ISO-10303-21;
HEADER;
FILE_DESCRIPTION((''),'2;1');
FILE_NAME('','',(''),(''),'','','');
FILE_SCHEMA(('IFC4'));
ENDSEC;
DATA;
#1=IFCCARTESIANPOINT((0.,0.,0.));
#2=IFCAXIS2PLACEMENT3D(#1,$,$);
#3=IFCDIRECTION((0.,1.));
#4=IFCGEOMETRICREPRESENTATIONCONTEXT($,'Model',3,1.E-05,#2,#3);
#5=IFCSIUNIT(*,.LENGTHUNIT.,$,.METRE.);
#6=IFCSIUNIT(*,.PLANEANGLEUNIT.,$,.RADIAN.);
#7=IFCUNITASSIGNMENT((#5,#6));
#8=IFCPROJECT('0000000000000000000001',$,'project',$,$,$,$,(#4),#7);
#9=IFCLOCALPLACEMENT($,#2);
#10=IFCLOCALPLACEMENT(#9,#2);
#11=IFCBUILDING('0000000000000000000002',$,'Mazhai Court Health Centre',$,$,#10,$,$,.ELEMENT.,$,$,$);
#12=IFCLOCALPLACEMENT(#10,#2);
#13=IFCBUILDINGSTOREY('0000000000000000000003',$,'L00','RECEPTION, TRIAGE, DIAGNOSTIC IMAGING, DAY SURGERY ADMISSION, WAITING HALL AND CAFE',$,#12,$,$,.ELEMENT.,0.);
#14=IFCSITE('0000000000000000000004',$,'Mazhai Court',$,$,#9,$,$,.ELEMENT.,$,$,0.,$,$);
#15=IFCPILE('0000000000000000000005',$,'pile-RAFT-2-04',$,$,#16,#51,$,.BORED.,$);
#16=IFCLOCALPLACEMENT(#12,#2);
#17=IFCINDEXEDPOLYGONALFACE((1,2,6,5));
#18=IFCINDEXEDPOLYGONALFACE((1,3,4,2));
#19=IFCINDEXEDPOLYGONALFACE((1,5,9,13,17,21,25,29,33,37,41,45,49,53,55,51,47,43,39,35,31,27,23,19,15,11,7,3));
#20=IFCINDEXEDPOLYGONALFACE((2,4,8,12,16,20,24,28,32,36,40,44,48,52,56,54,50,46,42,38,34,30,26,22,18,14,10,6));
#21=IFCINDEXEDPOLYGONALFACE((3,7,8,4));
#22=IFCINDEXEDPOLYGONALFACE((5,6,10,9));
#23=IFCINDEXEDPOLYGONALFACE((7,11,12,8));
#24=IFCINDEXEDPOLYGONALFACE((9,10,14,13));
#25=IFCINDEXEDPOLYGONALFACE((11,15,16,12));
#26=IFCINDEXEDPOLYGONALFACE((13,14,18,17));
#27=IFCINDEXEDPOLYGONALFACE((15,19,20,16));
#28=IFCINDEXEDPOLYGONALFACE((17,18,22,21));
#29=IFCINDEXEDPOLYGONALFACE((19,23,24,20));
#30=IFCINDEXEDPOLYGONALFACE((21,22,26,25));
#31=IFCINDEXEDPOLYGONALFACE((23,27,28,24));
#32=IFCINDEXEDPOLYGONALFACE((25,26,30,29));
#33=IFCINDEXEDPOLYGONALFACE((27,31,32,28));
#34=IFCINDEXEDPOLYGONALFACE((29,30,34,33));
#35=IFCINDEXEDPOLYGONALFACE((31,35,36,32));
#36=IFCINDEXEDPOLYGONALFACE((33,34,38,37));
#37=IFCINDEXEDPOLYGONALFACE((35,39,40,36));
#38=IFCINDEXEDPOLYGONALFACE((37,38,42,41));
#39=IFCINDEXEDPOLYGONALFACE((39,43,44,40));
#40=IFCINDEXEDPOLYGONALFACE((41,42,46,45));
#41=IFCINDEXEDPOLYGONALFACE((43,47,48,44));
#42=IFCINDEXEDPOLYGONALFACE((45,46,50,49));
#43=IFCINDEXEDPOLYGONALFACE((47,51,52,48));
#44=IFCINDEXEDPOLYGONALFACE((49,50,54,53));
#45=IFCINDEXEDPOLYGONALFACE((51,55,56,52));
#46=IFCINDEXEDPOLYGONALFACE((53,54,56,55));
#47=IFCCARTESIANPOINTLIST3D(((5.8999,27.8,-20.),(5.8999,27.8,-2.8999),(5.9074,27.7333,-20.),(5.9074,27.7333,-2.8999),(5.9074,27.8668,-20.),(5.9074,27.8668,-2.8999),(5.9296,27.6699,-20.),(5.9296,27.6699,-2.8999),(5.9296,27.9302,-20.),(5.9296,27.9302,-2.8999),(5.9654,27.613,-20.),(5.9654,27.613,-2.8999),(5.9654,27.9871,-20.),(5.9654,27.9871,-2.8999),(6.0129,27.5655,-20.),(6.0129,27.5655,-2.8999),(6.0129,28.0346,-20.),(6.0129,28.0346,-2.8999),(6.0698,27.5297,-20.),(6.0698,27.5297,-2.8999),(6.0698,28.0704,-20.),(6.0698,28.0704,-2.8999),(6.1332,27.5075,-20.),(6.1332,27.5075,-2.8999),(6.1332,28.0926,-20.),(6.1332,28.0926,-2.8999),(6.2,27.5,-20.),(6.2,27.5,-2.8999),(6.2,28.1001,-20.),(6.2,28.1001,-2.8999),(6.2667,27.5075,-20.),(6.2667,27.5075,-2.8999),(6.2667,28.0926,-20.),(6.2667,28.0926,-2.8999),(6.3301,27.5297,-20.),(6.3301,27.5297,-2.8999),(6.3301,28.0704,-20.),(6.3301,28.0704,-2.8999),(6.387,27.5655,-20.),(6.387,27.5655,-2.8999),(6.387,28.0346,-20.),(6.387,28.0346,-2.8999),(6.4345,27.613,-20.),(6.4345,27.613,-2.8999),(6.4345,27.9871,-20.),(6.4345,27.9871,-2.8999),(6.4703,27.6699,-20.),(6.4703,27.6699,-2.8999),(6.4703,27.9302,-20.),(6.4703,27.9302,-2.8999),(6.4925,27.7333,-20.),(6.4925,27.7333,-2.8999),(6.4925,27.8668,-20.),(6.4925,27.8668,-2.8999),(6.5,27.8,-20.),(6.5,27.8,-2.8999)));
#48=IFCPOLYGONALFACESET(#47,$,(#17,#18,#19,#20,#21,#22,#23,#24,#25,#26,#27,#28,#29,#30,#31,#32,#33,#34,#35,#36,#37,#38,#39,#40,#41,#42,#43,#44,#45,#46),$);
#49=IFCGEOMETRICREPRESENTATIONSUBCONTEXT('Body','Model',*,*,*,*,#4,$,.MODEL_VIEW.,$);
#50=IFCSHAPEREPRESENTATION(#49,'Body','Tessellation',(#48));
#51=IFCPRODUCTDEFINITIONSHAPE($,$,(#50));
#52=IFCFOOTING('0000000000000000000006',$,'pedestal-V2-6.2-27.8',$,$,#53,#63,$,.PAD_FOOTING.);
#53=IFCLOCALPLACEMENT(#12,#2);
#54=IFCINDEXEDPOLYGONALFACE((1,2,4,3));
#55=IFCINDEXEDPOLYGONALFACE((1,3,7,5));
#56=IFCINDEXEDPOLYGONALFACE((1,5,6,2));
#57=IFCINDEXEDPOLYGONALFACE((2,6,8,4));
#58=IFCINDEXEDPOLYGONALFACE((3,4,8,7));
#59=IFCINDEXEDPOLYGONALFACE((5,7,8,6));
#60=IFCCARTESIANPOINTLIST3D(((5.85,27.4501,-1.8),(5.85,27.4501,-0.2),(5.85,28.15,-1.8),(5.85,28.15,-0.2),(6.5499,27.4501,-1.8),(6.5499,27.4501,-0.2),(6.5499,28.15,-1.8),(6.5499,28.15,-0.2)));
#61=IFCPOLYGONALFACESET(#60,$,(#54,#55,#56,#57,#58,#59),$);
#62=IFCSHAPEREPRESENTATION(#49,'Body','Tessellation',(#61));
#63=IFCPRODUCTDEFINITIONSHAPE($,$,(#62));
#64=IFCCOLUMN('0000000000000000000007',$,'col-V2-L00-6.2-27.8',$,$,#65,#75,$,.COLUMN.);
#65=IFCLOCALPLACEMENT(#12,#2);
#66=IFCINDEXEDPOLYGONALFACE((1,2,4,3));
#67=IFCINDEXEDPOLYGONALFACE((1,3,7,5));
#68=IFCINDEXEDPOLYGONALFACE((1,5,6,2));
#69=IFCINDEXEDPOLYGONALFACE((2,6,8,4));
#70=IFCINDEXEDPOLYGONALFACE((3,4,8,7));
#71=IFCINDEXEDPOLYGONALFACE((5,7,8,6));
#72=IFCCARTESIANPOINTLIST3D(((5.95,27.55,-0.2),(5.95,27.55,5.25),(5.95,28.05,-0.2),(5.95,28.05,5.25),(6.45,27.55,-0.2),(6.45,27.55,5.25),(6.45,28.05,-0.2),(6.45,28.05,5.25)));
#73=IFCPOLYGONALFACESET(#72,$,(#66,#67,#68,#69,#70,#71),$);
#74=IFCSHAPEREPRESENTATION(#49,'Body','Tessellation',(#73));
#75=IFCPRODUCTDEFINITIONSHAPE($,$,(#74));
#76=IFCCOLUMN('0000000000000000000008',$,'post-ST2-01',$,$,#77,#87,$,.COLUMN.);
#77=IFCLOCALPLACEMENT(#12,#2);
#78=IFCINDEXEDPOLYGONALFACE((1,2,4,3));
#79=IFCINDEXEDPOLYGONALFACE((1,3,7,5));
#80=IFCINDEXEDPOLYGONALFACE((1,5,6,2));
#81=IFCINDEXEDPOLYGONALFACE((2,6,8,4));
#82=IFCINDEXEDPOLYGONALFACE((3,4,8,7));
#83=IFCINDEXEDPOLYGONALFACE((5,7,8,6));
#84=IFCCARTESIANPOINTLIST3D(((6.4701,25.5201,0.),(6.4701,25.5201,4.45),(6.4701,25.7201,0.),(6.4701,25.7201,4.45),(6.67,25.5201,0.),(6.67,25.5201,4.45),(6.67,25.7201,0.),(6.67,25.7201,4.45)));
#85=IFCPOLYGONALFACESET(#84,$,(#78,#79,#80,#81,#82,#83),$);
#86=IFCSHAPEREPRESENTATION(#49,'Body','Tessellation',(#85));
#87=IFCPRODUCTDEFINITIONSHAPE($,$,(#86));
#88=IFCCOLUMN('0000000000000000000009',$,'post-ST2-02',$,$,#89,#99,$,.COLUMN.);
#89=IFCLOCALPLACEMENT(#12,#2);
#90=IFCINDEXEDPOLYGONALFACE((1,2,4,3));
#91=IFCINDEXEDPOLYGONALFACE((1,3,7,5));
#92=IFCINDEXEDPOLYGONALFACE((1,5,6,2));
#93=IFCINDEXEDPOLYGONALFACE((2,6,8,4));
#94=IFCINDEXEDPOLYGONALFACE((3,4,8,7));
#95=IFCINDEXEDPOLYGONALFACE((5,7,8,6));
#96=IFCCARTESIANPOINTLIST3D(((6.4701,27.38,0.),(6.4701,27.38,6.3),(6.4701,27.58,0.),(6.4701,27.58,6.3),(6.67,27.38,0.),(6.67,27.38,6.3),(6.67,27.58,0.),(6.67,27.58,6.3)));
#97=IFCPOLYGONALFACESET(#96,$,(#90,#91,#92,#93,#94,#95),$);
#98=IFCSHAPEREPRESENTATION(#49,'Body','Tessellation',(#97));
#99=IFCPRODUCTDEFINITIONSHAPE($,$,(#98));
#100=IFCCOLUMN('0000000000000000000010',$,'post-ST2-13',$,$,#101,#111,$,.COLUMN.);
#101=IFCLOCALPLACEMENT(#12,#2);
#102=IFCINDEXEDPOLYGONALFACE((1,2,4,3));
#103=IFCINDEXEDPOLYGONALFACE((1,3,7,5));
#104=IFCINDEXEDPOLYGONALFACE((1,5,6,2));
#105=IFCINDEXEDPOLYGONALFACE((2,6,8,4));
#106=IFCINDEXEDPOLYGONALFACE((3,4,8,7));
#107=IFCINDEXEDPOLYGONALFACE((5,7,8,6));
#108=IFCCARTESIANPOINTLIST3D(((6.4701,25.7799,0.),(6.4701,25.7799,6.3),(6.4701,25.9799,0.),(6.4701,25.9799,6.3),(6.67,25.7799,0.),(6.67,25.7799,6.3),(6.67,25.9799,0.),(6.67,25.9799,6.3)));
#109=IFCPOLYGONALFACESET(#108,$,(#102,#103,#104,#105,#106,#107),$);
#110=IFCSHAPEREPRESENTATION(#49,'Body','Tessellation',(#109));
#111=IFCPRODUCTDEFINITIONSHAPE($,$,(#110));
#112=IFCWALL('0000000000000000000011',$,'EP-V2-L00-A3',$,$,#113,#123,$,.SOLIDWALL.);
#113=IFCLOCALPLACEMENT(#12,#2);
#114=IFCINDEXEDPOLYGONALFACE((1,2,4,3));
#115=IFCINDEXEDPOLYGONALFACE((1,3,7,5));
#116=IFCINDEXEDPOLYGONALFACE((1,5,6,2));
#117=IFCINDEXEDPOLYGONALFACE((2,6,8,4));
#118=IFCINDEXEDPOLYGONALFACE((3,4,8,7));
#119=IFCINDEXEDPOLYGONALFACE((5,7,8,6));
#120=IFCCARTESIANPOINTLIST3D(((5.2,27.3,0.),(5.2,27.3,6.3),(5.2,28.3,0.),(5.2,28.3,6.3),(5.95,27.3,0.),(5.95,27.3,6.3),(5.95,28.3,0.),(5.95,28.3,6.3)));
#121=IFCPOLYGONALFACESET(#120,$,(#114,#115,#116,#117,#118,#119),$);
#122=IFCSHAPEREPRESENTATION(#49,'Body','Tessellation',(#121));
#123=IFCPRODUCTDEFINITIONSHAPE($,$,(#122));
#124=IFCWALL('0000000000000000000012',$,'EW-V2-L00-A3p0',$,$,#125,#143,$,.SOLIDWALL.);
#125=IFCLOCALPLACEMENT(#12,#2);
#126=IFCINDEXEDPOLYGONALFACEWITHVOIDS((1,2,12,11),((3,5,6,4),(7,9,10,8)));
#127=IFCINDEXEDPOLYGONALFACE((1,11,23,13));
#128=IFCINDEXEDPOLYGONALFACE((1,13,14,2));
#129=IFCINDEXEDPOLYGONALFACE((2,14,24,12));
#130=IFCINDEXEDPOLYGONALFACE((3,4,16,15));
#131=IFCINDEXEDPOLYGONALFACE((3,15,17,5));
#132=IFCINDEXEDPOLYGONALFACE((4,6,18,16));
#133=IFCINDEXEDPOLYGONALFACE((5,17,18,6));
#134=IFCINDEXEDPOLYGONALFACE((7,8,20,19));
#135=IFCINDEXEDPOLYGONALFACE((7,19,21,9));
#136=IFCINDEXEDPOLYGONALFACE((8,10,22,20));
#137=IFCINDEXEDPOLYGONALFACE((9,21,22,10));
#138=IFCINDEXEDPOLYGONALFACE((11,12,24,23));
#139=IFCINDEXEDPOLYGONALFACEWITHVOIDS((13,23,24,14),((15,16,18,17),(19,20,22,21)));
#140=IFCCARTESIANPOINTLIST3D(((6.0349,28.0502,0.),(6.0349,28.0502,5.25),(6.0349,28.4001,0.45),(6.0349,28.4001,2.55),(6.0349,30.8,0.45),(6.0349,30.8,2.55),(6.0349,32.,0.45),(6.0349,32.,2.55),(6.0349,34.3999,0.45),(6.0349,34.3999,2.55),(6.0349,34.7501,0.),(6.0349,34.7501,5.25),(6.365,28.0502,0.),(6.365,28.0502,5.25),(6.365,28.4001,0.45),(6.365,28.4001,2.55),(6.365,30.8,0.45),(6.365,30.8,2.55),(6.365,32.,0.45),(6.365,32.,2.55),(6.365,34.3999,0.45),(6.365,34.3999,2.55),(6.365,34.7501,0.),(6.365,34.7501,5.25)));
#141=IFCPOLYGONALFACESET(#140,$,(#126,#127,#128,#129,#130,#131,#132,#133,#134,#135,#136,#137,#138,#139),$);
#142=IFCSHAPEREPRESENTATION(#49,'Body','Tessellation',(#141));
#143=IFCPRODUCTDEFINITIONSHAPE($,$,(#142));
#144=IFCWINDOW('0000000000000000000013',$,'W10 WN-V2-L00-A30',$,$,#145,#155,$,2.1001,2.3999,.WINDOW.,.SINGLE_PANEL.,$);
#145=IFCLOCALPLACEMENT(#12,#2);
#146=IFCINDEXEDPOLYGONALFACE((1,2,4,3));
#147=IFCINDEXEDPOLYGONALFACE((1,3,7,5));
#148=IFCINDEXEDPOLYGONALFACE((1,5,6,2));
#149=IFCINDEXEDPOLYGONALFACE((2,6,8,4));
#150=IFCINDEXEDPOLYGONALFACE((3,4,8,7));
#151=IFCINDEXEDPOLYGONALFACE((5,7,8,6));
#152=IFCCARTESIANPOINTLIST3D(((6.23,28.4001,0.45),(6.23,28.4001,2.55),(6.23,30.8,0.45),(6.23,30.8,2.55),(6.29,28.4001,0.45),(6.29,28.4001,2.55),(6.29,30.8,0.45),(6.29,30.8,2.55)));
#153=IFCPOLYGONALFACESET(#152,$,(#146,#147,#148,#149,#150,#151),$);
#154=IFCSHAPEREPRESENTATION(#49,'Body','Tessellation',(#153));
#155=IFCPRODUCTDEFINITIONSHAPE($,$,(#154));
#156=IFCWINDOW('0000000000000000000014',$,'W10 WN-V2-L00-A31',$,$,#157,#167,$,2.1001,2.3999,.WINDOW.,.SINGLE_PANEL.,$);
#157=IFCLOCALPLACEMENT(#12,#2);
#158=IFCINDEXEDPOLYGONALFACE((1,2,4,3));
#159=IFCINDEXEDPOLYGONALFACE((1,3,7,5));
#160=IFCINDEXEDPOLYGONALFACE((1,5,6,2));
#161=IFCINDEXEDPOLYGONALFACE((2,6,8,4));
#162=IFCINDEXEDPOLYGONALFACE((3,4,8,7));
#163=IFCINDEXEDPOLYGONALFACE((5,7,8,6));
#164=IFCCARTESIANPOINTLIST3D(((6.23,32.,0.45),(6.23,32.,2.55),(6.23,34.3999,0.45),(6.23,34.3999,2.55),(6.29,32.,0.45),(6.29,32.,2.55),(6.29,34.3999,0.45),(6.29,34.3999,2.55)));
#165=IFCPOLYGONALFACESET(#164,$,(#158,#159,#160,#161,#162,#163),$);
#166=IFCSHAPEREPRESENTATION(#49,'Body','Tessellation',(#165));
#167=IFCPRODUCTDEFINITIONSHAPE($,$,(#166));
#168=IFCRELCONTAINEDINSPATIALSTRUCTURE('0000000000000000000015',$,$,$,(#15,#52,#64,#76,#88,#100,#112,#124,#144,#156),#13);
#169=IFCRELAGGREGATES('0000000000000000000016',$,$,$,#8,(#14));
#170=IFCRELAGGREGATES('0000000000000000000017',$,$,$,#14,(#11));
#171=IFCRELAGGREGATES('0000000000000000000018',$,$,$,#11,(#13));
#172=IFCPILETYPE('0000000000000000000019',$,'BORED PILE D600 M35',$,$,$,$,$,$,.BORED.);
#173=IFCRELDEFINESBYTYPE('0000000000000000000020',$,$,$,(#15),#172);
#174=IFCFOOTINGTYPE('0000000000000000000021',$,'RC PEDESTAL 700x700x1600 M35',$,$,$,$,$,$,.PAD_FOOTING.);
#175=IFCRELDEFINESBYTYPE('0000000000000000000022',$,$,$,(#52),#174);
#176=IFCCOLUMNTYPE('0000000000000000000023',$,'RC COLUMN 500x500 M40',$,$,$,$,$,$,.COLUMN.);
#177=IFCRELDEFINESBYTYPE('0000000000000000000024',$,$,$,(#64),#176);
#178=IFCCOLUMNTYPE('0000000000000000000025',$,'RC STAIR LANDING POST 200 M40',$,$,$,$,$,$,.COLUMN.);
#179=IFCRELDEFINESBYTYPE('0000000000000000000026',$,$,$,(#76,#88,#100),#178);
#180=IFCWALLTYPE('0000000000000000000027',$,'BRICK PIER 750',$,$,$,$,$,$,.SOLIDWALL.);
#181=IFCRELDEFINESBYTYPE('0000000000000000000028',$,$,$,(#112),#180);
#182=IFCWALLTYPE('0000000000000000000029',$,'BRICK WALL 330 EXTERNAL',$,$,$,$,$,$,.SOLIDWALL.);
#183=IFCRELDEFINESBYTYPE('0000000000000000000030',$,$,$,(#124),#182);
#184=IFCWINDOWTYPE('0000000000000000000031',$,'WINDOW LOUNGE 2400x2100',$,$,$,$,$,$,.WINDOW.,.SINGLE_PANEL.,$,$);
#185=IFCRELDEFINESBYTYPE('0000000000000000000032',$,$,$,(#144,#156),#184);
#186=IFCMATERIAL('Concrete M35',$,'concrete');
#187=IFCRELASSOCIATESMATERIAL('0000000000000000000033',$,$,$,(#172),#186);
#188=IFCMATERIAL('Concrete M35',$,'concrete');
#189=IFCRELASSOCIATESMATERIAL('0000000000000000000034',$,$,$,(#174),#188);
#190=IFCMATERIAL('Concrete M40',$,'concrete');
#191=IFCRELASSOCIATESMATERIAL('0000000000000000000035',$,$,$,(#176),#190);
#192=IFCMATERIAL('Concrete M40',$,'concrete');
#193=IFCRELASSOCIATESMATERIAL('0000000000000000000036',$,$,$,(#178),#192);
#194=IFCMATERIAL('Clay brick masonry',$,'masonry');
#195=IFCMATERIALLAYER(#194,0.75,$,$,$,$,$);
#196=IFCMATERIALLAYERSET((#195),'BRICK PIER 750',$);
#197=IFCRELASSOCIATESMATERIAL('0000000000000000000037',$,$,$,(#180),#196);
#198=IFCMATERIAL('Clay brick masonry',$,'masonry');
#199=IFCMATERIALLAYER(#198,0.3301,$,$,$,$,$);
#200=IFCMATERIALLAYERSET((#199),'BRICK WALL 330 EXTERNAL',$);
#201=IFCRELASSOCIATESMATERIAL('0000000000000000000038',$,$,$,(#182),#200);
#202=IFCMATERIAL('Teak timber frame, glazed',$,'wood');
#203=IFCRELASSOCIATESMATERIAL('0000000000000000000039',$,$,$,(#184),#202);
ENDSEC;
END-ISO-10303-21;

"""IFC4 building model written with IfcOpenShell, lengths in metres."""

from ifc_helpers import new_model, si_unit, direction, frame, frame_2d, origin, origin_2d, place, context, subcontext, project, spatial, rectangle, circle, extrude, material, layer, layer_set, material_profile, profile_set, type_object, element, fill, save


model = new_model("IFC4")

# Units and contexts
model_context = context("Model", 3, precision=1e-05, world=origin(), true_north=direction((0.0, 1.0)))
body_context = subcontext(model_context, "Body", "Model", "MODEL_VIEW")
ifc_project = project(units=[si_unit("LENGTHUNIT", "METRE"), si_unit("PLANEANGLEUNIT", "RADIAN")], contexts=[model_context])

# Site, building, storey
site_placement = place(None, origin())
site = spatial("IfcSite", under=ifc_project, at=site_placement, Name="Mazhai Court", CompositionType="ELEMENT", RefElevation=0.0)
building_placement = place(site_placement, origin())
building = spatial("IfcBuilding", under=site, at=building_placement, Name="Mazhai Court Health Centre", CompositionType="ELEMENT")
storey_placement = place(building_placement, origin())
storey = spatial("IfcBuildingStorey", under=building, at=storey_placement, Name="L00", Description="RECEPTION, TRIAGE, DIAGNOSTIC IMAGING, DAY SURGERY ADMISSION, WAITING HALL AND CAFE", CompositionType="ELEMENT", Elevation=0.0)

# Pile
ifc_material_1 = material(Name="Concrete M35", Category="concrete")
ifc_material_profile_1 = material_profile(ifc_material_1, circle(Radius=0.3, at=origin_2d()), Name="RC PILE D600")
ifc_profile_set_1 = profile_set([ifc_material_profile_1], Name="Concrete M35")
pile_type = type_object("IfcPileType", Name="BORED PILE D600 M35", PredefinedType="BORED", material=ifc_profile_set_1)
pile_placement = place(storey_placement, frame((6.2, 27.8, -2.8999), z_axis=(0.0, 0.0, -1.0), x_axis=(1.0, 0.0, 0.0)))
element("IfcPile", 1, at=pile_placement, inside=storey, type_object=pile_type, Name="pile-RAFT-2-04", PredefinedType="BORED", context=body_context, shape_type="SweptSolid", body=[
    extrude(circle(Radius=0.3, at=origin_2d()), origin(), (0.0, 0.0, 1.0), 17.1001),
])

# Footing
ifc_material_2 = material(Name="Concrete M35", Category="concrete")
footing_type = type_object("IfcFootingType", Name="RC PEDESTAL 700x700x1600 M35", PredefinedType="PAD_FOOTING", material=ifc_material_2)
footing_placement = place(storey_placement, frame((6.2, 27.8, -1.8), z_axis=(0.0, 0.0, 1.0), x_axis=(1.0, 0.0, 0.0)))
element("IfcFooting", 2, at=footing_placement, inside=storey, type_object=footing_type, Name="pedestal-V2-6.2-27.8", PredefinedType="PAD_FOOTING", context=body_context, shape_type="SweptSolid", body=[
    extrude(rectangle(XDim=0.7, YDim=0.7, at=origin_2d()), origin(), (0.0, 0.0, 1.0), 1.6001),
])

# Columns
ifc_material_3 = material(Name="Concrete M40", Category="concrete")
ifc_material_profile_2 = material_profile(ifc_material_3, rectangle(XDim=0.5, YDim=0.5, at=origin_2d()), Name="RC 500x500")
ifc_profile_set_2 = profile_set([ifc_material_profile_2], Name="Concrete M40")
column_type_1 = type_object("IfcColumnType", Name="RC COLUMN 500x500 M40", PredefinedType="COLUMN", material=ifc_profile_set_2)
column_1_placement = place(storey_placement, frame((6.2, 27.8, -0.2), z_axis=(0.0, 0.0, 1.0), x_axis=(1.0, 0.0, 0.0)))
element("IfcColumn", 3, at=column_1_placement, inside=storey, type_object=column_type_1, Name="col-V2-L00-6.2-27.8", PredefinedType="COLUMN", context=body_context, shape_type="SweptSolid", body=[
    extrude(rectangle(XDim=0.5, YDim=0.5, at=origin_2d()), origin(), (0.0, 0.0, 1.0), 5.45),
])
ifc_material_4 = material(Name="Concrete M40", Category="concrete")
ifc_material_profile_3 = material_profile(ifc_material_4, rectangle(XDim=0.2, YDim=0.2, at=origin_2d()), Name="RC 200x200")
ifc_profile_set_3 = profile_set([ifc_material_profile_3], Name="Concrete M40")
column_type_2 = type_object("IfcColumnType", Name="RC STAIR LANDING POST 200 M40", PredefinedType="COLUMN", material=ifc_profile_set_3)
column_2_placement = place(storey_placement, frame((6.5701, 25.6201, 0.0), z_axis=(0.0, 0.0, 1.0), x_axis=(1.0, 0.0, 0.0)))
element("IfcColumn", 4, at=column_2_placement, inside=storey, type_object=column_type_2, Name="post-ST2-01", PredefinedType="COLUMN", context=body_context, shape_type="SweptSolid", body=[
    extrude(rectangle(XDim=0.2, YDim=0.2, at=origin_2d()), origin(), (0.0, 0.0, 1.0), 4.45),
])
for number, where, z_axis, x_axis, name in (
    (5, (6.5701, 27.48, 0.0), (0.0, 0.0, 1.0), (1.0, 0.0, 0.0), "post-ST2-02"),
    (6, (6.5701, 25.8799, 0.0), (0.0, 0.0, 1.0), (1.0, 0.0, 0.0), "post-ST2-13"),
):
    element("IfcColumn", number, at=place(storey_placement, frame(where, z_axis=z_axis, x_axis=x_axis)), inside=storey, type_object=column_type_2, Name=name, PredefinedType="COLUMN", context=body_context, shape_type="SweptSolid", body=[
        extrude(rectangle(XDim=0.2, YDim=0.2, at=origin_2d()), origin(), (0.0, 0.0, 1.0), 6.3),
    ])

# Wall
ifc_material_5 = material(Name="Clay brick masonry", Category="masonry")
ifc_layer_1 = layer(ifc_material_5, 0.75)
ifc_layer_set_1 = layer_set([ifc_layer_1], Name="BRICK PIER 750")
wall_type_1 = type_object("IfcWallType", Name="BRICK PIER 750", PredefinedType="SOLIDWALL", material=ifc_layer_set_1)
wall_1_placement = place(storey_placement, frame((5.575, 27.3, 0.0), z_axis=(0.0, 0.0, 1.0), x_axis=(0.0, 1.0, 0.0)))
element("IfcWall", 7, at=wall_1_placement, inside=storey, type_object=wall_type_1, Name="EP-V2-L00-A3", PredefinedType="SOLIDWALL", context=body_context, shape_type="SweptSolid", body=[
    extrude(rectangle(XDim=1.0, YDim=0.75, at=frame_2d((0.5, 0.0))), origin(), (0.0, 0.0, 1.0), 6.3),
])

# Wall, openings, windows
ifc_material_6 = material(Name="Clay brick masonry", Category="masonry")
ifc_layer_2 = layer(ifc_material_6, 0.3301)
ifc_layer_set_2 = layer_set([ifc_layer_2], Name="BRICK WALL 330 EXTERNAL")
wall_type_2 = type_object("IfcWallType", Name="BRICK WALL 330 EXTERNAL", PredefinedType="SOLIDWALL", material=ifc_layer_set_2)
wall_2_placement = place(storey_placement, frame((6.2, 28.05, 0.0), z_axis=(0.0, 0.0, 1.0), x_axis=(0.0, 1.0, 0.0)))
wall_2 = element("IfcWall", 8, at=wall_2_placement, inside=storey, type_object=wall_type_2, Name="EW-V2-L00-A3p0", PredefinedType="SOLIDWALL", context=body_context, shape_type="SweptSolid", body=[
    extrude(rectangle(XDim=6.7, YDim=0.3301, at=frame_2d((3.3501, 0.0))), origin(), (0.0, 0.0, 1.0), 5.25),
])
opening_1_placement = place(wall_2_placement, frame((0.3501, 0.0, 0.45)))
opening_1 = element("IfcOpeningElement", 9, at=opening_1_placement, cuts=wall_2, PredefinedType="OPENING", context=body_context, shape_type="SweptSolid", body=[
    extrude(rectangle(XDim=2.3999, YDim=2.1001, at=frame_2d((1.2, 1.05))), frame((0.0, 0.175, 0.0), z_axis=(0.0, -1.0, 0.0), x_axis=(1.0, 0.0, 0.0)), (0.0, 0.0, 1.0), 0.3501),
])
opening_2_placement = place(wall_2_placement, frame((3.95, 0.0, 0.45)))
opening_2 = element("IfcOpeningElement", 10, at=opening_2_placement, cuts=wall_2, PredefinedType="OPENING", context=body_context, shape_type="SweptSolid", body=[
    extrude(rectangle(XDim=2.3999, YDim=2.1001, at=frame_2d((1.2, 1.05))), frame((0.0, 0.175, 0.0), z_axis=(0.0, -1.0, 0.0), x_axis=(1.0, 0.0, 0.0)), (0.0, 0.0, 1.0), 0.3501),
])
ifc_material_7 = material(Name="Teak timber frame, glazed", Category="wood")
window_type = type_object("IfcWindowType", Name="WINDOW LOUNGE 2400x2100", PartitioningType="SINGLE_PANEL", PredefinedType="WINDOW", material=ifc_material_7)
window_1_placement = place(opening_1_placement, origin())
window_1 = element("IfcWindow", 11, at=window_1_placement, inside=storey, type_object=window_type, Name="W10 WN-V2-L00-A30", OverallHeight=2.1001, OverallWidth=2.3999, PartitioningType="SINGLE_PANEL", PredefinedType="WINDOW", context=body_context, shape_type="SweptSolid", body=[
    extrude(rectangle(XDim=2.3999, YDim=2.1001, at=frame_2d((1.2, 1.05))), frame((0.0, -0.03, 0.0), z_axis=(0.0, -1.0, 0.0), x_axis=(1.0, 0.0, 0.0)), (0.0, 0.0, 1.0), 0.0601),
])
fill(opening_1, window_1)
window_2_placement = place(opening_2_placement, origin())
window_2 = element("IfcWindow", 12, at=window_2_placement, inside=storey, type_object=window_type, Name="W10 WN-V2-L00-A31", OverallHeight=2.1001, OverallWidth=2.3999, PartitioningType="SINGLE_PANEL", PredefinedType="WINDOW", context=body_context, shape_type="SweptSolid", body=[
    extrude(rectangle(XDim=2.3999, YDim=2.1001, at=frame_2d((1.2, 1.05))), frame((0.0, -0.03, 0.0), z_axis=(0.0, -1.0, 0.0), x_axis=(1.0, 0.0, 0.0)), (0.0, 0.0, 1.0), 0.0601),
])
fill(opening_2, window_2)

save(model, "model.ifc")
